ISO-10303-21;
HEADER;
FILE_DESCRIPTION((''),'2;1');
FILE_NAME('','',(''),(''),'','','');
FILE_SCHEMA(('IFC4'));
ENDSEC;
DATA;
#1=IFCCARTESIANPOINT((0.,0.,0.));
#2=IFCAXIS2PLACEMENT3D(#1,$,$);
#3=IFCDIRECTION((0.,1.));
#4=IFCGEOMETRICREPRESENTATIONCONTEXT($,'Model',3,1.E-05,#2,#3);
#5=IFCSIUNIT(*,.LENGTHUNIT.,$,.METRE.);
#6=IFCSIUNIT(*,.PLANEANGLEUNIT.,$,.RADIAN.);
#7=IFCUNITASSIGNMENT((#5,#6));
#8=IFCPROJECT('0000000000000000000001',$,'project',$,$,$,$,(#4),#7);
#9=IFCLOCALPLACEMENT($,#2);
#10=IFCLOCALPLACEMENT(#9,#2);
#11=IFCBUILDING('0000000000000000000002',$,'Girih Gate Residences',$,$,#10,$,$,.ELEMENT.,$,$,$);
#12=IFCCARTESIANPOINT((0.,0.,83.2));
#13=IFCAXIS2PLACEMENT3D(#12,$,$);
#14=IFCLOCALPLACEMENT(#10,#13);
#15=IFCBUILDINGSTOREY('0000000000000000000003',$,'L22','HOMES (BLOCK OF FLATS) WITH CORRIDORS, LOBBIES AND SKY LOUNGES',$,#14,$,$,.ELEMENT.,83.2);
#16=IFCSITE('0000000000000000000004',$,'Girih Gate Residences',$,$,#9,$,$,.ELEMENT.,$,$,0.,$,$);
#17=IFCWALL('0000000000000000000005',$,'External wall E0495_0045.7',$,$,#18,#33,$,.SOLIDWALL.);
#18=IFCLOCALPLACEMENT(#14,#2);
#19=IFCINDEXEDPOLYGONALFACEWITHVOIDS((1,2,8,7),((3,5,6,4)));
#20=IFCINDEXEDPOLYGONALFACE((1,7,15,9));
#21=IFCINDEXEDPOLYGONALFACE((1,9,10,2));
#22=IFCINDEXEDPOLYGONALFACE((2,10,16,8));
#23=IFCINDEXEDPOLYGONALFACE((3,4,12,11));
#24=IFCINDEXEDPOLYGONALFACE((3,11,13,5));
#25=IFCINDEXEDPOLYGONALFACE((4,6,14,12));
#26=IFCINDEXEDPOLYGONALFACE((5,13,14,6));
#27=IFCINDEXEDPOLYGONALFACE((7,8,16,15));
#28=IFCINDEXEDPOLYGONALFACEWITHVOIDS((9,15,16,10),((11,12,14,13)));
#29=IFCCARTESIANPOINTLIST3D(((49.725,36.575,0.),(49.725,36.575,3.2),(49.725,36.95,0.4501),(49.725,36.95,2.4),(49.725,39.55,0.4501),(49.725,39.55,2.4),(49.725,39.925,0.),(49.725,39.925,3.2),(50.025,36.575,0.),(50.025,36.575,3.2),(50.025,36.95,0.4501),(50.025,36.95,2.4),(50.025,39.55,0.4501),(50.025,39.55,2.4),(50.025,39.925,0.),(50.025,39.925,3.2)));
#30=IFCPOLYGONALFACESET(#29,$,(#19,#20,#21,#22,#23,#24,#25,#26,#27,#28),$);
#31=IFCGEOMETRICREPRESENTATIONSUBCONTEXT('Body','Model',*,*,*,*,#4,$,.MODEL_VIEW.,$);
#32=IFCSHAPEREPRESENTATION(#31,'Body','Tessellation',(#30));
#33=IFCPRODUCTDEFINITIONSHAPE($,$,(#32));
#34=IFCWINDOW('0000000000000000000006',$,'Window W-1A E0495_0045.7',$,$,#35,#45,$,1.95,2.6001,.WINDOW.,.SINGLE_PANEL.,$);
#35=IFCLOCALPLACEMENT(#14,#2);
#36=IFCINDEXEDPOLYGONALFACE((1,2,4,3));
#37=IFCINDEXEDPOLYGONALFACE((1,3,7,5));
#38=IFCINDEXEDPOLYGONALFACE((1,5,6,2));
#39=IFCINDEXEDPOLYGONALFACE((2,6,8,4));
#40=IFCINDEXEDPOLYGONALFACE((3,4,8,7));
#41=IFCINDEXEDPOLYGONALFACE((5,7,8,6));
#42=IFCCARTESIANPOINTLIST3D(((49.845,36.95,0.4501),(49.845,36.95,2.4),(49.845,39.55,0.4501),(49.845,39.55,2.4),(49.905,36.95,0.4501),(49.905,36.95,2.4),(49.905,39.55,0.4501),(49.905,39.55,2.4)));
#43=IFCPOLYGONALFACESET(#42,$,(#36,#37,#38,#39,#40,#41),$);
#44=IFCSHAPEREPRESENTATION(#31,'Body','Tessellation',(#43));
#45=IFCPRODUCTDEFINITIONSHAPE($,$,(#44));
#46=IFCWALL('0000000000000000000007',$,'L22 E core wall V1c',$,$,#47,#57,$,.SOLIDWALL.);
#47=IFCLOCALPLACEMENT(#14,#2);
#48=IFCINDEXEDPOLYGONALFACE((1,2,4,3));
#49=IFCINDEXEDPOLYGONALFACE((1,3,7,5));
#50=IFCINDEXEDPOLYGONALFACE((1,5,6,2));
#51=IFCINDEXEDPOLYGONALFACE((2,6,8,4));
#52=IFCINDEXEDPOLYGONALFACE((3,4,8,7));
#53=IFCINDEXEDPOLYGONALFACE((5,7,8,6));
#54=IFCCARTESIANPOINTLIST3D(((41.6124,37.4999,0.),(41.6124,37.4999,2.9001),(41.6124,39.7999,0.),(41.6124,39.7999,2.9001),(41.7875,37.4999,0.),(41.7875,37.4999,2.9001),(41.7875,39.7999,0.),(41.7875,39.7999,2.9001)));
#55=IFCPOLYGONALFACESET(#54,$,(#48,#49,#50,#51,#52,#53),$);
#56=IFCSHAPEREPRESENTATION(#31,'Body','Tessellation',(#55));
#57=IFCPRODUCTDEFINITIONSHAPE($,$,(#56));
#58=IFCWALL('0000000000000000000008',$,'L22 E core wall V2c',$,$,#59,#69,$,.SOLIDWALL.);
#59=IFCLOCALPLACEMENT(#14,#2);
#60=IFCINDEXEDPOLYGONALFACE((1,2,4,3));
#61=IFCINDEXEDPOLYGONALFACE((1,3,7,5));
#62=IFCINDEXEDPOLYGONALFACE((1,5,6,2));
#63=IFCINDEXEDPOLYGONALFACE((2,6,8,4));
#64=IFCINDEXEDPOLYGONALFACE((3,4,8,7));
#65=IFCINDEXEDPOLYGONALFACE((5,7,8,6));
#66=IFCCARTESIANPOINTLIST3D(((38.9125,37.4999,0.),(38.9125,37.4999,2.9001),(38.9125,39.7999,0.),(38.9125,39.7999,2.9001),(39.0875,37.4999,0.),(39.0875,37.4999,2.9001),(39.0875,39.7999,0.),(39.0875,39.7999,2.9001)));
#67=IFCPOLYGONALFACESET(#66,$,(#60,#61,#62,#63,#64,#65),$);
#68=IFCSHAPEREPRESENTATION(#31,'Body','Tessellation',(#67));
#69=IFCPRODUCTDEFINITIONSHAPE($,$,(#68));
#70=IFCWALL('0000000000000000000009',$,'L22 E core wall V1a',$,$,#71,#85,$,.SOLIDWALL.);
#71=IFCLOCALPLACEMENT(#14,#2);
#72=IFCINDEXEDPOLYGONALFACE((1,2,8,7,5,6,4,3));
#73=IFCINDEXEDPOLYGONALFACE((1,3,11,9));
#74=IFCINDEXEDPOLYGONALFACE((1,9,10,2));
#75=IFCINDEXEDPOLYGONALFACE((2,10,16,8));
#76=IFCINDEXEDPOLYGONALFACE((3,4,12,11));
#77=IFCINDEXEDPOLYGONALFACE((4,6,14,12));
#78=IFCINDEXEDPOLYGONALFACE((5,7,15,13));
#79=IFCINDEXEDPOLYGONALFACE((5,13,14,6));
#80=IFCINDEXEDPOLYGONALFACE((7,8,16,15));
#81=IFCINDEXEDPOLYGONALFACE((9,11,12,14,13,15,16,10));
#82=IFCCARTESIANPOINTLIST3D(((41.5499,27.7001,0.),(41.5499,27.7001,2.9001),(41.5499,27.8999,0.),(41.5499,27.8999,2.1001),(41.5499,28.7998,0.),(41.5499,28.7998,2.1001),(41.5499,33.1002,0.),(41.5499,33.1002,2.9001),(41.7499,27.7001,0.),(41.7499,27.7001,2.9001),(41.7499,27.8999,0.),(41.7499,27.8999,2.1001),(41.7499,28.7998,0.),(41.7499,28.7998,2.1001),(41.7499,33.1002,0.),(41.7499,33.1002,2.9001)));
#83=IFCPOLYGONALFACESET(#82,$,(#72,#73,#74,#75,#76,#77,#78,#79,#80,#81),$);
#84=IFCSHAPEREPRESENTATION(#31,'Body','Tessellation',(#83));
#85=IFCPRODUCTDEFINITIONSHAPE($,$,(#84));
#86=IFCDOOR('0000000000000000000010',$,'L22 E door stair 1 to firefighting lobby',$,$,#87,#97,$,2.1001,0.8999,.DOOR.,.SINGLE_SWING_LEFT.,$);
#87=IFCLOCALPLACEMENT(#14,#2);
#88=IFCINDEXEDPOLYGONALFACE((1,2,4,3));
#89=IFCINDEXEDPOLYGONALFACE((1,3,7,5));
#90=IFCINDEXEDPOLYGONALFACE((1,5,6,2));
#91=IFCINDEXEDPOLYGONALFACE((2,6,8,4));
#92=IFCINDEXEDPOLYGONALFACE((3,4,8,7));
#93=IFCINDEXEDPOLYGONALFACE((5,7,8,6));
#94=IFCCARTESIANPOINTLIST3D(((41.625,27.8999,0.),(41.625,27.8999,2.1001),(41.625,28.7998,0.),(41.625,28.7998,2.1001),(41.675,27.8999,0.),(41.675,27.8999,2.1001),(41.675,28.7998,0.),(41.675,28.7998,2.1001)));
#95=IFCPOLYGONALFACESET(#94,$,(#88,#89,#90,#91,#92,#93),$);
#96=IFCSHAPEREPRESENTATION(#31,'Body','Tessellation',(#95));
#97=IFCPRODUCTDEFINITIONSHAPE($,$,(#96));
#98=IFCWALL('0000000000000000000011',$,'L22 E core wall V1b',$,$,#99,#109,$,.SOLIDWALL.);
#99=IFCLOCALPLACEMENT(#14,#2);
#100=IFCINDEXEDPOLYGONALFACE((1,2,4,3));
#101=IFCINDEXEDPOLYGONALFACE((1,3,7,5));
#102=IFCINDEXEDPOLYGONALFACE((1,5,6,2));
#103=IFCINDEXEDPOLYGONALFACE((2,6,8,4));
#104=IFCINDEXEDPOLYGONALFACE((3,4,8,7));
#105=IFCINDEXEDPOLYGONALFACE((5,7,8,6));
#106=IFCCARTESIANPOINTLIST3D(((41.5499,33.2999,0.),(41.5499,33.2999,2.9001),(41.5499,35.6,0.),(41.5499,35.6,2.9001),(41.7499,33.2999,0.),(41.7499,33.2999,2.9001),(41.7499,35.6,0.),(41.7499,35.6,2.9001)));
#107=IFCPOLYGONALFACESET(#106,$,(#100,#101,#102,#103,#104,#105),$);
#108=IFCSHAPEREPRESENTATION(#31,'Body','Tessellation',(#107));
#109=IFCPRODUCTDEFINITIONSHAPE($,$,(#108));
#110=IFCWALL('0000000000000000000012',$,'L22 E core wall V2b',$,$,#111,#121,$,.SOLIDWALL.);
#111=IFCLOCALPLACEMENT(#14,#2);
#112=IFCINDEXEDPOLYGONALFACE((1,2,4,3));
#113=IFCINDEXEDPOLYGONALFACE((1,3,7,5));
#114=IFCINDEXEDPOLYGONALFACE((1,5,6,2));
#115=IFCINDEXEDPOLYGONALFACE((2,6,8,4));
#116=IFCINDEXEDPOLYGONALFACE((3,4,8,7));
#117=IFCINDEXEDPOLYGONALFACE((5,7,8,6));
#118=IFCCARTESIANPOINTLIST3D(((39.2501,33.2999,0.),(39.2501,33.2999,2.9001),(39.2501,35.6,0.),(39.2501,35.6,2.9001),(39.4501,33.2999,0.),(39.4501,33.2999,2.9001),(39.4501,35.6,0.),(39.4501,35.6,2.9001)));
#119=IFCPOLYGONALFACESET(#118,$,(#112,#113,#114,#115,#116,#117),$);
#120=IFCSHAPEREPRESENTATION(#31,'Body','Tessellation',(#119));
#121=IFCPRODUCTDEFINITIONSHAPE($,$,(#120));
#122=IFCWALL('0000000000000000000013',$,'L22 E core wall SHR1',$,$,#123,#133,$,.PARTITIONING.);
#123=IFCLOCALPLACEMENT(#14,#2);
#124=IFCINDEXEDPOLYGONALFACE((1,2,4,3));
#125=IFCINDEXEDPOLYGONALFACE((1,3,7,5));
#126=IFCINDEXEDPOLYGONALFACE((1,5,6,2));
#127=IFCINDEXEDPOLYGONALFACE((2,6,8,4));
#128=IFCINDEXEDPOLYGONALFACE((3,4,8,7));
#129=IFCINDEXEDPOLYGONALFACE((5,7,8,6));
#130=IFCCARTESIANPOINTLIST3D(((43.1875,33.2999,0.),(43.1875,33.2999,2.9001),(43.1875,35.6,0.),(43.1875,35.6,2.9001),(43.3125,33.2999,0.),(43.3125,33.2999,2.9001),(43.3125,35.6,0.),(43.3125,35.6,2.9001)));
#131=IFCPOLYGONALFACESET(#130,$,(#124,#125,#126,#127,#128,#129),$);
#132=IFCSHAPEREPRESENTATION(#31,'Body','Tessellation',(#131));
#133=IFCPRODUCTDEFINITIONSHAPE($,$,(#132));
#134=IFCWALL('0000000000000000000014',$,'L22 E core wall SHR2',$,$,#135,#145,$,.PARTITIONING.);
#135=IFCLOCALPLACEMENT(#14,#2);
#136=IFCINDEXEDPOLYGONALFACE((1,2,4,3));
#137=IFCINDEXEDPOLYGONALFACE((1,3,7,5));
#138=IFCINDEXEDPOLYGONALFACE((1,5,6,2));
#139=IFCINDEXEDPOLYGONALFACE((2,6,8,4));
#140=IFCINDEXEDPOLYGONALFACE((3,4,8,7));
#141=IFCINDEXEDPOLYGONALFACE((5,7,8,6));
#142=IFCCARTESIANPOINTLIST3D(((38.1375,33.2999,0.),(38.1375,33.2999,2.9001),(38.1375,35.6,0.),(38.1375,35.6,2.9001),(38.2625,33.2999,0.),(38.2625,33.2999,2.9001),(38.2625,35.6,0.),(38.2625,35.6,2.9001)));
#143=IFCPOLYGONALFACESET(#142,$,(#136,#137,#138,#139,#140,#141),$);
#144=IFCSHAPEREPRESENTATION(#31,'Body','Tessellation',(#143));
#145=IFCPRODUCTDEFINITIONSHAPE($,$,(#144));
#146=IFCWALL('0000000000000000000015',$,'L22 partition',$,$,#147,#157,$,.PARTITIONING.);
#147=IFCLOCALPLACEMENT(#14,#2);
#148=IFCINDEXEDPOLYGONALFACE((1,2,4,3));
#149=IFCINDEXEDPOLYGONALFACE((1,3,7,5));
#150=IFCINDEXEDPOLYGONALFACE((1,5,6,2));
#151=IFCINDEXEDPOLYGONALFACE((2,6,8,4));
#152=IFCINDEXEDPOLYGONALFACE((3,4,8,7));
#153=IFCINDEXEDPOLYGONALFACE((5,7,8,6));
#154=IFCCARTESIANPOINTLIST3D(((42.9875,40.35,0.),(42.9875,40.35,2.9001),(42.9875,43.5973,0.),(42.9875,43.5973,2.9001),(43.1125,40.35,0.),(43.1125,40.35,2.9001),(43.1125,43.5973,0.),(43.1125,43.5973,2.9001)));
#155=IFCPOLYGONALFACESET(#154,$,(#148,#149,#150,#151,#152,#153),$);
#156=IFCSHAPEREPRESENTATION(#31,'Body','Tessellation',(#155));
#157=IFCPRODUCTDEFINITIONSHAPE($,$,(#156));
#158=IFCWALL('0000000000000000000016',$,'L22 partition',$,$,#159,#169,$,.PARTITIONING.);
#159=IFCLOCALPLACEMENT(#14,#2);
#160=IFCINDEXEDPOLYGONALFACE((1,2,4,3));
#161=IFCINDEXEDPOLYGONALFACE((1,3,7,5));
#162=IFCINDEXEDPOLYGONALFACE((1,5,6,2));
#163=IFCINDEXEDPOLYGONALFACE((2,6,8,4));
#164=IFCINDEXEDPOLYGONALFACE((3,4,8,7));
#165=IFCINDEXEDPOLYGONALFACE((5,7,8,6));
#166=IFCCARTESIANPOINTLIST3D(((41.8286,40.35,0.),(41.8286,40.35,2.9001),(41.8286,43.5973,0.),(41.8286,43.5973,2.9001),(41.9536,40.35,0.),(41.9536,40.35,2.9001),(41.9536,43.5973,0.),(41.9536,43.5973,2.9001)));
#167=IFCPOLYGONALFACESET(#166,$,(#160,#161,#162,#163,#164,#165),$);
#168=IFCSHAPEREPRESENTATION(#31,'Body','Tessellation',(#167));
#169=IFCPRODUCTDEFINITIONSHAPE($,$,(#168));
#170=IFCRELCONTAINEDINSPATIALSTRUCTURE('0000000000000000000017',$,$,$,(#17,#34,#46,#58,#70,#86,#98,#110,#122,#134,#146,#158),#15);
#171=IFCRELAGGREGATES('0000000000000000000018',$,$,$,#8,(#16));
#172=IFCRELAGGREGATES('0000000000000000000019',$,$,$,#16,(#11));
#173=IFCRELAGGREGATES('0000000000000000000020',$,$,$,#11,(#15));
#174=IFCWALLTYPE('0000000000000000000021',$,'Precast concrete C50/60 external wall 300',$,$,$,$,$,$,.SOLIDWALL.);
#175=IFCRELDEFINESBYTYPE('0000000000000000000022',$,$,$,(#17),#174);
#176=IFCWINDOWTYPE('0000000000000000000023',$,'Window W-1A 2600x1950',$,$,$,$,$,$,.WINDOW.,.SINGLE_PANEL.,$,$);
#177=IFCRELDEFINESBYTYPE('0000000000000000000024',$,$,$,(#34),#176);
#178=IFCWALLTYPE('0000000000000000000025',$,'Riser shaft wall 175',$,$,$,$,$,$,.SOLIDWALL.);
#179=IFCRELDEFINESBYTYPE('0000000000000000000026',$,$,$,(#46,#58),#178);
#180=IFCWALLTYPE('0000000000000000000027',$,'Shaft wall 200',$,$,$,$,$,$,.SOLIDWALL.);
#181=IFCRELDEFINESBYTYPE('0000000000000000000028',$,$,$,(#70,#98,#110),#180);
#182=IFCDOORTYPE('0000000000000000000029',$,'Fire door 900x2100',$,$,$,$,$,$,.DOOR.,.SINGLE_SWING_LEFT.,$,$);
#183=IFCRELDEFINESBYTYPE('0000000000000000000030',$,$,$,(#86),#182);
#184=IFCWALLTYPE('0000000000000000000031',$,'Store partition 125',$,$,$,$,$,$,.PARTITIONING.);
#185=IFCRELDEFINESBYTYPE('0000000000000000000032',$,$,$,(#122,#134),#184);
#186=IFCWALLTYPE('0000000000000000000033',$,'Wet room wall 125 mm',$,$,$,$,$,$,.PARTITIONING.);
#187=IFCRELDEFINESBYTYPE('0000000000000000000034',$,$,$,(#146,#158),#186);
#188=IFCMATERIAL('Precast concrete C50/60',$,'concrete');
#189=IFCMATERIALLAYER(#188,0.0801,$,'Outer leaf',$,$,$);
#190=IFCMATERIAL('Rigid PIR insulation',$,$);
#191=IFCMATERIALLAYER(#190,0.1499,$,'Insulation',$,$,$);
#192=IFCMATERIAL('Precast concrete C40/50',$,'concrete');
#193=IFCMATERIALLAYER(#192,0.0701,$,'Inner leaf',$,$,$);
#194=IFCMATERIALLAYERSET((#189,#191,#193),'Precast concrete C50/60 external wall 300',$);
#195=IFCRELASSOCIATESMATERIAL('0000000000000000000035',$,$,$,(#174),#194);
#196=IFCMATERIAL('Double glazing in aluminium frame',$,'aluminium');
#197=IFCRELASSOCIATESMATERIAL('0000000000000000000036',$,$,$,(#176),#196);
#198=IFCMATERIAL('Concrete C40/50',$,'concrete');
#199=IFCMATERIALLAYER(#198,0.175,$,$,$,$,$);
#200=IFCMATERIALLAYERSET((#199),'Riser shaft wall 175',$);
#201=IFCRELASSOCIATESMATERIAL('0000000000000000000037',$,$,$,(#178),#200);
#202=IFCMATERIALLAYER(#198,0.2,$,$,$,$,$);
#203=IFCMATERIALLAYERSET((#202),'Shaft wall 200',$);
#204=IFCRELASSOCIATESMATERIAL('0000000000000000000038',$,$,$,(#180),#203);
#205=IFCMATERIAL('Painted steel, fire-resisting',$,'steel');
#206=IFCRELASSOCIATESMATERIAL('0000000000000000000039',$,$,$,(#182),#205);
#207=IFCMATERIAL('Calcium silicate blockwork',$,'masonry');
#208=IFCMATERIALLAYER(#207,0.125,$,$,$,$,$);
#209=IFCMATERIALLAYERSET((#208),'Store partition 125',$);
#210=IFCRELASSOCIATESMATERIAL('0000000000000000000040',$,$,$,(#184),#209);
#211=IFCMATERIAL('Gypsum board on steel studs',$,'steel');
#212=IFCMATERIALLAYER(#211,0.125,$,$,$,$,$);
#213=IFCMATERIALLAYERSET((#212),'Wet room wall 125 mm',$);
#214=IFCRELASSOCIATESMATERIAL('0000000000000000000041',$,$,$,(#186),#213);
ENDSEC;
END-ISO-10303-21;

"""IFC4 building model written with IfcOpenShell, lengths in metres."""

from ifc_helpers import new_model, si_unit, direction, frame, frame_2d, origin, place, context, subcontext, project, spatial, rectangle, extrude, material, layer, layer_set, type_object, element, fill, save


model = new_model("IFC4")

# Units and contexts
model_context = context("Model", 3, precision=1e-05, world=origin(), true_north=direction((0.0, 1.0)))
body_context = subcontext(model_context, "Body", "Model", "MODEL_VIEW")
ifc_project = project(units=[si_unit("LENGTHUNIT", "METRE"), si_unit("PLANEANGLEUNIT", "RADIAN")], contexts=[model_context])

# Site, building, storey
site_placement = place(None, origin())
site = spatial("IfcSite", under=ifc_project, at=site_placement, Name="Girih Gate Residences", CompositionType="ELEMENT", RefElevation=0.0)
building_placement = place(site_placement, origin())
building = spatial("IfcBuilding", under=site, at=building_placement, Name="Girih Gate Residences", CompositionType="ELEMENT")
storey_placement = place(building_placement, frame((0.0, 0.0, 83.2)))
storey = spatial("IfcBuildingStorey", under=building, at=storey_placement, Name="L22", Description="HOMES (BLOCK OF FLATS) WITH CORRIDORS, LOBBIES AND SKY LOUNGES", CompositionType="ELEMENT", Elevation=83.2)

# Shared definitions
ifc_material_1 = material(Name="Gypsum board on steel studs", Category="steel")

# Wall, opening, window
ifc_material_2 = material(Name="Precast concrete C50/60", Category="concrete")
ifc_layer_1 = layer(ifc_material_2, 0.0801, Name="Outer leaf")
ifc_material_3 = material(Name="Rigid PIR insulation")
ifc_layer_2 = layer(ifc_material_3, 0.1499, Name="Insulation")
ifc_material_4 = material(Name="Precast concrete C40/50", Category="concrete")
ifc_layer_3 = layer(ifc_material_4, 0.0701, Name="Inner leaf")
ifc_layer_set_1 = layer_set([ifc_layer_1, ifc_layer_2, ifc_layer_3], Name="Precast concrete C50/60 external wall 300")
wall_type_1 = type_object("IfcWallType", Name="Precast concrete C50/60 external wall 300", PredefinedType="SOLIDWALL", material=ifc_layer_set_1)
ifc_material_5 = material(Name="Double glazing in aluminium frame", Category="aluminium")
window_type = type_object("IfcWindowType", Name="Window W-1A 2600x1950", PartitioningType="SINGLE_PANEL", PredefinedType="WINDOW", material=ifc_material_5)
wall_1_placement = place(storey_placement, frame((49.875, 39.925, 0.0), z_axis=(0.0, 0.0, 1.0), x_axis=(0.0, -1.0, 0.0)))
wall_1 = element("IfcWall", 1, at=wall_1_placement, inside=storey, type_object=wall_type_1, Name="External wall E0495_0045.7", PredefinedType="SOLIDWALL", context=body_context, shape_type="SweptSolid", body=[
    extrude(rectangle(XDim=3.3501, YDim=0.3, at=frame_2d((1.675, 0.0))), origin(), (0.0, 0.0, 1.0), 3.2),
])
opening_1_placement = place(wall_1_placement, frame((0.375, 0.0, 0.45)))
opening_1 = element("IfcOpeningElement", 2, at=opening_1_placement, cuts=wall_1, PredefinedType="OPENING", context=body_context, shape_type="SweptSolid", body=[
    extrude(rectangle(XDim=2.6001, YDim=1.95, at=frame_2d((1.3, 0.9751))), frame((0.0, 0.1599, 0.0), z_axis=(0.0, -1.0, 0.0), x_axis=(1.0, 0.0, 0.0)), (0.0, 0.0, 1.0), 0.3201),
])
window_1_placement = place(opening_1_placement, origin())
window_1 = element("IfcWindow", 3, at=window_1_placement, inside=storey, type_object=window_type, Name="Window W-1A E0495_0045.7", OverallHeight=1.95, OverallWidth=2.6001, PartitioningType="SINGLE_PANEL", PredefinedType="WINDOW", context=body_context, shape_type="SweptSolid", body=[
    extrude(rectangle(XDim=2.6001, YDim=1.95, at=frame_2d((1.3, 0.9751))), frame((0.0, 0.03, 0.0), z_axis=(0.0, -1.0, 0.0), x_axis=(1.0, 0.0, 0.0)), (0.0, 0.0, 1.0), 0.0601),
])
fill(opening_1, window_1)

# Walls
ifc_material_6 = material(Name="Concrete C40/50", Category="concrete")
ifc_layer_4 = layer(ifc_material_6, 0.175)
ifc_layer_set_2 = layer_set([ifc_layer_4], Name="Riser shaft wall 175")
wall_type_2 = type_object("IfcWallType", Name="Riser shaft wall 175", PredefinedType="SOLIDWALL", material=ifc_layer_set_2)
for number, where, z_axis, x_axis, name in (
    (4, (41.7, 37.5, 0.0), (0.0, 0.0, 1.0), (0.0, 1.0, 0.0), "L22 E core wall V1c"),
    (5, (39.0, 37.5, 0.0), (0.0, 0.0, 1.0), (0.0, 1.0, 0.0), "L22 E core wall V2c"),
):
    element("IfcWall", number, at=place(storey_placement, frame(where, z_axis=z_axis, x_axis=x_axis)), inside=storey, type_object=wall_type_2, Name=name, PredefinedType="SOLIDWALL", context=body_context, shape_type="SweptSolid", body=[
        extrude(rectangle(XDim=2.3, YDim=0.175, at=frame_2d((1.1499, 0.0))), origin(), (0.0, 0.0, 1.0), 2.9001),
    ])

# Wall, opening, door
ifc_layer_5 = layer(ifc_material_6, 0.2)
ifc_layer_set_3 = layer_set([ifc_layer_5], Name="Shaft wall 200")
wall_type_3 = type_object("IfcWallType", Name="Shaft wall 200", PredefinedType="SOLIDWALL", material=ifc_layer_set_3)
wall_2_placement = place(storey_placement, frame((41.6499, 27.7, 0.0), z_axis=(0.0, 0.0, 1.0), x_axis=(0.0, 1.0, 0.0)))
wall_2 = element("IfcWall", 6, at=wall_2_placement, inside=storey, type_object=wall_type_3, Name="L22 E core wall V1a", PredefinedType="SOLIDWALL", context=body_context, shape_type="SweptSolid", body=[
    extrude(rectangle(XDim=5.4001, YDim=0.2, at=frame_2d((2.7002, 0.0))), origin(), (0.0, 0.0, 1.0), 2.9001),
])
opening_2_placement = place(wall_2_placement, frame((0.2, 0.0, 0.0)))
opening_2 = element("IfcOpeningElement", 7, at=opening_2_placement, cuts=wall_2, PredefinedType="OPENING", context=body_context, shape_type="SweptSolid", body=[
    extrude(rectangle(XDim=0.8999, YDim=2.1001, at=frame_2d((0.45, 1.05))), frame((0.0, 0.1099, 0.0), z_axis=(0.0, -1.0, 0.0), x_axis=(1.0, 0.0, 0.0)), (0.0, 0.0, 1.0), 0.22),
])
ifc_material_7 = material(Name="Painted steel, fire-resisting", Category="steel")
door_type_1 = type_object("IfcDoorType", Name="Fire door 900x2100", OperationType="SINGLE_SWING_LEFT", PredefinedType="DOOR", material=ifc_material_7)
door_1_placement = place(opening_2_placement, origin())
door_1 = element("IfcDoor", 8, at=door_1_placement, inside=storey, type_object=door_type_1, Name="L22 E door stair 1 to firefighting lobby", OperationType="SINGLE_SWING_LEFT", OverallHeight=2.1001, OverallWidth=0.8999, PredefinedType="DOOR", context=body_context, shape_type="SweptSolid", body=[
    extrude(rectangle(XDim=0.8999, YDim=2.1001, at=frame_2d((0.45, 1.05))), frame((0.0, 0.0249, 0.0), z_axis=(0.0, -1.0, 0.0), x_axis=(1.0, 0.0, 0.0)), (0.0, 0.0, 1.0), 0.05),
])
fill(opening_2, door_1)

# Walls
for number, where, z_axis, x_axis, name in (
    (9, (41.6499, 33.3, 0.0), (0.0, 0.0, 1.0), (0.0, 1.0, 0.0), "L22 E core wall V1b"),
    (10, (39.3501, 33.3, 0.0), (0.0, 0.0, 1.0), (0.0, 1.0, 0.0), "L22 E core wall V2b"),
):
    element("IfcWall", number, at=place(storey_placement, frame(where, z_axis=z_axis, x_axis=x_axis)), inside=storey, type_object=wall_type_3, Name=name, PredefinedType="SOLIDWALL", context=body_context, shape_type="SweptSolid", body=[
        extrude(rectangle(XDim=2.3, YDim=0.2, at=frame_2d((1.1499, 0.0))), origin(), (0.0, 0.0, 1.0), 2.9001),
    ])
ifc_material_8 = material(Name="Calcium silicate blockwork", Category="masonry")
ifc_layer_6 = layer(ifc_material_8, 0.125)
ifc_layer_set_4 = layer_set([ifc_layer_6], Name="Store partition 125")
wall_type_4 = type_object("IfcWallType", Name="Store partition 125", PredefinedType="PARTITIONING", material=ifc_layer_set_4)
for number, where, z_axis, x_axis, name in (
    (11, (43.25, 33.3, 0.0), (0.0, 0.0, 1.0), (0.0, 1.0, 0.0), "L22 E core wall SHR1"),
    (12, (38.2, 33.3, 0.0), (0.0, 0.0, 1.0), (0.0, 1.0, 0.0), "L22 E core wall SHR2"),
):
    element("IfcWall", number, at=place(storey_placement, frame(where, z_axis=z_axis, x_axis=x_axis)), inside=storey, type_object=wall_type_4, Name=name, PredefinedType="PARTITIONING", context=body_context, shape_type="SweptSolid", body=[
        extrude(rectangle(XDim=2.3, YDim=0.125, at=frame_2d((1.1499, 0.0))), origin(), (0.0, 0.0, 1.0), 2.9001),
    ])
ifc_layer_7 = layer(ifc_material_1, 0.125)
ifc_layer_set_5 = layer_set([ifc_layer_7], Name="Wet room wall 125 mm")
wall_type_5 = type_object("IfcWallType", Name="Wet room wall 125 mm", PredefinedType="PARTITIONING", material=ifc_layer_set_5)
for number, where, z_axis, x_axis, name in (
    (13, (43.05, 40.3501, 0.0), (0.0, 0.0, 1.0), (0.0, 1.0, 0.0), "L22 partition"),
    (14, (41.8911, 40.3501, 0.0), (0.0, 0.0, 1.0), (0.0, 1.0, 0.0), "L22 partition"),
):
    element("IfcWall", number, at=place(storey_placement, frame(where, z_axis=z_axis, x_axis=x_axis)), inside=storey, type_object=wall_type_5, Name=name, PredefinedType="PARTITIONING", context=body_context, shape_type="SweptSolid", body=[
        extrude(rectangle(XDim=3.2473, YDim=0.125, at=frame_2d((1.6235, 0.0))), origin(), (0.0, 0.0, 1.0), 2.9001),
    ])

save(model, "model.ifc")
